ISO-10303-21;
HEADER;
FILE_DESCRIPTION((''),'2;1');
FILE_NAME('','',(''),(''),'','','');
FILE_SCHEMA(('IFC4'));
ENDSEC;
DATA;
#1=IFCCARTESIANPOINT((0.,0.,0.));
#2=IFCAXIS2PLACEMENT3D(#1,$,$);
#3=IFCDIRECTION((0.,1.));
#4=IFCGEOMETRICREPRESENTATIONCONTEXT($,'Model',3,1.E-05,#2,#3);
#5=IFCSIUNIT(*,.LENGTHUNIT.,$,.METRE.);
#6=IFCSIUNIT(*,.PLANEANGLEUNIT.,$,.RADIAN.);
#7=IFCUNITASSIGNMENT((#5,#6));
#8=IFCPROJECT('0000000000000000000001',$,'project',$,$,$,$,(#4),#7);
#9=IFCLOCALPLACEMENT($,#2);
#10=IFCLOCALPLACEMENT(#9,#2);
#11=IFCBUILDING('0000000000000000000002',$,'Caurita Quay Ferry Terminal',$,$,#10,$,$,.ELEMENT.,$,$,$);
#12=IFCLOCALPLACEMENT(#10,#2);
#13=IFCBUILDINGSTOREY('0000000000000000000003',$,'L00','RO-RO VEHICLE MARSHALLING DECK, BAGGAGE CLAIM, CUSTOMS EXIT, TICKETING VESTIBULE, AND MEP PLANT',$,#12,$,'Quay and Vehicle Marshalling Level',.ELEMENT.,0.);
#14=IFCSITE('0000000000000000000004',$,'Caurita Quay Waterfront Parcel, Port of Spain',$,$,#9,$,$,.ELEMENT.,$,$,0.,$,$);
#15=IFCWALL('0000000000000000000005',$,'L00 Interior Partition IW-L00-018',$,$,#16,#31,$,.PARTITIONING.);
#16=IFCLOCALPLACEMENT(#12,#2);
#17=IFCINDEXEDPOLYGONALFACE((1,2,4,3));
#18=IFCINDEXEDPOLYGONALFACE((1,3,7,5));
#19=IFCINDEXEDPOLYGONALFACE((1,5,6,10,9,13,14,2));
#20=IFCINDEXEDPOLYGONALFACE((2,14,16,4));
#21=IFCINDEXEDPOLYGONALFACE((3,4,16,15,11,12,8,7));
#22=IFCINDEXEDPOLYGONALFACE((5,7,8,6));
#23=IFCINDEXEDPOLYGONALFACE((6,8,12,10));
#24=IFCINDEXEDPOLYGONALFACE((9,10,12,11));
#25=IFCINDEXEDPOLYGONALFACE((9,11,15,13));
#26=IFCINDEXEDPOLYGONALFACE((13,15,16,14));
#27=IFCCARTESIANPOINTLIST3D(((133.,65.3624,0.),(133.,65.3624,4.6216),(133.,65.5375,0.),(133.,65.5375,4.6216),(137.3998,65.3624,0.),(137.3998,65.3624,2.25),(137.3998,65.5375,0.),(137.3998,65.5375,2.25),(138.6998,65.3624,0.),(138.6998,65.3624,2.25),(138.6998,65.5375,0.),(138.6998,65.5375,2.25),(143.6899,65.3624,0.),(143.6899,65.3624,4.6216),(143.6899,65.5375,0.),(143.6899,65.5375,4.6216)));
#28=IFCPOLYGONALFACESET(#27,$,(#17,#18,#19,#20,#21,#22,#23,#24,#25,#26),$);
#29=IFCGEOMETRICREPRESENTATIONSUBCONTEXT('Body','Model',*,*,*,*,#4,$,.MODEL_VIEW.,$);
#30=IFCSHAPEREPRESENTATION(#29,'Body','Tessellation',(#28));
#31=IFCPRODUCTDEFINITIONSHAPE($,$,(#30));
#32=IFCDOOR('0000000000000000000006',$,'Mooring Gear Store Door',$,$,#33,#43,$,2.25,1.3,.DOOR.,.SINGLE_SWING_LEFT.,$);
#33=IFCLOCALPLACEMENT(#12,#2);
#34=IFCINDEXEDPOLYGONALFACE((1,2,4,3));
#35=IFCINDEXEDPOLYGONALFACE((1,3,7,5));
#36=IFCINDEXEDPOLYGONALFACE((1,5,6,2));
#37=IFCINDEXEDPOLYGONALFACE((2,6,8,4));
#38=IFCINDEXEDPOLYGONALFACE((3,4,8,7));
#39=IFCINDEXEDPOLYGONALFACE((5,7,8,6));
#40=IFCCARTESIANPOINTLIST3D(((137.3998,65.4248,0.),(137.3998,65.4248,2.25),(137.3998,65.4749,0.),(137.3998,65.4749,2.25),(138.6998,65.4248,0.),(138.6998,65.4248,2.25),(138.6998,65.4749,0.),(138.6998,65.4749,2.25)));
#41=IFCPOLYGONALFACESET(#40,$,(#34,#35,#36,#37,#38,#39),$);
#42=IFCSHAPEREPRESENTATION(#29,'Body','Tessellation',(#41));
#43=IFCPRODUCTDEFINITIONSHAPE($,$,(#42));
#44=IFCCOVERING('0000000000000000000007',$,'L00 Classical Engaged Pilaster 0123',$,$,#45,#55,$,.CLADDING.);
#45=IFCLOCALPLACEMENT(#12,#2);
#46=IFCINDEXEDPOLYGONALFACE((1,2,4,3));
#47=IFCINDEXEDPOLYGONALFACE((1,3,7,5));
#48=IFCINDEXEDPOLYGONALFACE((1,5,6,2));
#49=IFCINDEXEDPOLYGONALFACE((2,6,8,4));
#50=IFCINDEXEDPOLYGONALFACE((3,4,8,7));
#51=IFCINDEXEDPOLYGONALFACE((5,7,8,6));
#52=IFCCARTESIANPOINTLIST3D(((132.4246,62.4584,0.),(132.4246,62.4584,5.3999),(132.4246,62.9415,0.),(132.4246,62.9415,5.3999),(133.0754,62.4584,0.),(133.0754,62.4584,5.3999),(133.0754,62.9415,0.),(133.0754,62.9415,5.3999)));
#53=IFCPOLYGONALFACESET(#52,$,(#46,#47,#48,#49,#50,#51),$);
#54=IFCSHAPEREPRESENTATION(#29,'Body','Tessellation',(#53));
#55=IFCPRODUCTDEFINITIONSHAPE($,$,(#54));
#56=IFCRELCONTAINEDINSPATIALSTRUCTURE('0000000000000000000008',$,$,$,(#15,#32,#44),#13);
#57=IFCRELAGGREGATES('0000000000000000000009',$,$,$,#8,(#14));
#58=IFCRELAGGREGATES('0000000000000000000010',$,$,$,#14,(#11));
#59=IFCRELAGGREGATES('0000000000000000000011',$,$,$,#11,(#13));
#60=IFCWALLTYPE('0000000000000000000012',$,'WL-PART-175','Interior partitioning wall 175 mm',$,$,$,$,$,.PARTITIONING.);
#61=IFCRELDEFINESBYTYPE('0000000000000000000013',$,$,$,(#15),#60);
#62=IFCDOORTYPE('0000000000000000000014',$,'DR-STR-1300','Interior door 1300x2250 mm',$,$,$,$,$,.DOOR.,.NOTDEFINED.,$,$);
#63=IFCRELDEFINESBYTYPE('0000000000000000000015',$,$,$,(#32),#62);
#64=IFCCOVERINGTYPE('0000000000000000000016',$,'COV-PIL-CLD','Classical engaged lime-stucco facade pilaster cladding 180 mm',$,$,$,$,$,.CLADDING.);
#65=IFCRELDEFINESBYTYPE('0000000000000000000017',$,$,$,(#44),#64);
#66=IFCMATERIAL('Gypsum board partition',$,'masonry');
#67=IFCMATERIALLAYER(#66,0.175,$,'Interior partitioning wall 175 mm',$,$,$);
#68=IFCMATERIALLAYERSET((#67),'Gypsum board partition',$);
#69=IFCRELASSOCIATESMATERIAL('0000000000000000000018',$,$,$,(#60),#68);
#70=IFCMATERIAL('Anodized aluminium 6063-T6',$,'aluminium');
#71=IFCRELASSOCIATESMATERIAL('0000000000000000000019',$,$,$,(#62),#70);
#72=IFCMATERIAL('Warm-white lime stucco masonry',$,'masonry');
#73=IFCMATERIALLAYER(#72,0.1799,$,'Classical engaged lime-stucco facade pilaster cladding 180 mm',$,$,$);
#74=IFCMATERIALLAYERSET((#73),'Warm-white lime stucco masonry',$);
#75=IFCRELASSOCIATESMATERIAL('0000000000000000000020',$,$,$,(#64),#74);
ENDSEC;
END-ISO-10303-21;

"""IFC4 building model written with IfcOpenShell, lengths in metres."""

from ifc_helpers import new_model, si_unit, direction, frame, frame_2d, origin, origin_2d, place, context, subcontext, project, spatial, rectangle, extrude, material, layer, layer_set, type_object, element, fill, save


model = new_model("IFC4")

# Units and contexts
model_context = context("Model", 3, precision=1e-05, world=origin(), true_north=direction((0.0, 1.0)))
body_context = subcontext(model_context, "Body", "Model", "MODEL_VIEW")
ifc_project = project(units=[si_unit("LENGTHUNIT", "METRE"), si_unit("PLANEANGLEUNIT", "RADIAN")], contexts=[model_context])

# Site, building, storey
site_placement = place(None, origin())
site = spatial("IfcSite", under=ifc_project, at=site_placement, Name="Caurita Quay Waterfront Parcel, Port of Spain", CompositionType="ELEMENT", RefElevation=0.0)
building_placement = place(site_placement, origin())
building = spatial("IfcBuilding", under=site, at=building_placement, Name="Caurita Quay Ferry Terminal", CompositionType="ELEMENT")
storey_placement = place(building_placement, origin())
storey = spatial("IfcBuildingStorey", under=building, at=storey_placement, Name="L00", Description="RO-RO VEHICLE MARSHALLING DECK, BAGGAGE CLAIM, CUSTOMS EXIT, TICKETING VESTIBULE, AND MEP PLANT", LongName="Quay and Vehicle Marshalling Level", CompositionType="ELEMENT", Elevation=0.0)

# Shared definitions
ifc_material_1 = material(Name="Warm-white lime stucco masonry", Category="masonry")
ifc_material_2 = material(Name="Anodized aluminium 6063-T6", Category="aluminium")

# Wall, opening, door
ifc_material_3 = material(Name="Gypsum board partition", Category="masonry")
ifc_layer_1 = layer(ifc_material_3, 0.175, Name="Interior partitioning wall 175 mm")
ifc_layer_set_1 = layer_set([ifc_layer_1], Name="Gypsum board partition")
wall_type_1 = type_object("IfcWallType", Name="WL-PART-175", Description="Interior partitioning wall 175 mm", PredefinedType="PARTITIONING", material=ifc_layer_set_1)
wall_1_placement = place(storey_placement, frame((133.0, 65.45, 0.0), z_axis=(0.0, 0.0, 1.0), x_axis=(1.0, 0.0, 0.0)))
wall_1 = element("IfcWall", 1, at=wall_1_placement, inside=storey, type_object=wall_type_1, Name="L00 Interior Partition IW-L00-018", PredefinedType="PARTITIONING", context=body_context, shape_type="SweptSolid", body=[
    extrude(rectangle(XDim=10.6899, YDim=0.175, at=frame_2d((5.345, 0.0))), origin(), (0.0, 0.0, 1.0), 4.6216),
])
opening_1_placement = place(wall_1_placement, frame((4.3999, 0.0, 0.0)))
opening_1 = element("IfcOpeningElement", 2, at=opening_1_placement, cuts=wall_1, PredefinedType="OPENING", context=body_context, shape_type="SweptSolid", body=[
    extrude(rectangle(XDim=1.3, YDim=2.25, at=frame_2d((0.6499, 1.125))), frame((0.0, 0.0974, 0.0), z_axis=(0.0, -1.0, 0.0), x_axis=(1.0, 0.0, 0.0)), (0.0, 0.0, 1.0), 0.1951),
])
door_type_1 = type_object("IfcDoorType", Name="DR-STR-1300", Description="Interior door 1300x2250 mm", OperationType="NOTDEFINED", PredefinedType="DOOR", material=ifc_material_2)
door_1_placement = place(opening_1_placement, origin())
door_1 = element("IfcDoor", 3, at=door_1_placement, inside=storey, type_object=door_type_1, Name="Mooring Gear Store Door", OperationType="SINGLE_SWING_LEFT", OverallHeight=2.25, OverallWidth=1.3, PredefinedType="DOOR", context=body_context, shape_type="SweptSolid", body=[
    extrude(rectangle(XDim=1.3, YDim=2.25, at=frame_2d((0.6499, 1.125))), frame((0.0, 0.0249, 0.0), z_axis=(0.0, -1.0, 0.0), x_axis=(1.0, 0.0, 0.0)), (0.0, 0.0, 1.0), 0.05),
])
fill(opening_1, door_1)

# Covering
ifc_layer_2 = layer(ifc_material_1, 0.1799, Name="Classical engaged lime-stucco facade pilaster cladding 180 mm")
ifc_layer_set_2 = layer_set([ifc_layer_2], Name="Warm-white lime stucco masonry")
covering_type = type_object("IfcCoveringType", Name="COV-PIL-CLD", Description="Classical engaged lime-stucco facade pilaster cladding 180 mm", PredefinedType="CLADDING", material=ifc_layer_set_2)
covering_placement = place(storey_placement, frame((132.75, 62.7, 0.0), z_axis=(0.0, 0.0, 1.0), x_axis=(1.0, 0.0, 0.0)))
element("IfcCovering", 4, at=covering_placement, inside=storey, type_object=covering_type, Name="L00 Classical Engaged Pilaster 0123", PredefinedType="CLADDING", context=body_context, shape_type="SweptSolid", body=[
    extrude(rectangle(XDim=0.6509, YDim=0.4832, at=origin_2d()), origin(), (0.0, 0.0, 1.0), 5.3999),
])

save(model, "model.ifc")
